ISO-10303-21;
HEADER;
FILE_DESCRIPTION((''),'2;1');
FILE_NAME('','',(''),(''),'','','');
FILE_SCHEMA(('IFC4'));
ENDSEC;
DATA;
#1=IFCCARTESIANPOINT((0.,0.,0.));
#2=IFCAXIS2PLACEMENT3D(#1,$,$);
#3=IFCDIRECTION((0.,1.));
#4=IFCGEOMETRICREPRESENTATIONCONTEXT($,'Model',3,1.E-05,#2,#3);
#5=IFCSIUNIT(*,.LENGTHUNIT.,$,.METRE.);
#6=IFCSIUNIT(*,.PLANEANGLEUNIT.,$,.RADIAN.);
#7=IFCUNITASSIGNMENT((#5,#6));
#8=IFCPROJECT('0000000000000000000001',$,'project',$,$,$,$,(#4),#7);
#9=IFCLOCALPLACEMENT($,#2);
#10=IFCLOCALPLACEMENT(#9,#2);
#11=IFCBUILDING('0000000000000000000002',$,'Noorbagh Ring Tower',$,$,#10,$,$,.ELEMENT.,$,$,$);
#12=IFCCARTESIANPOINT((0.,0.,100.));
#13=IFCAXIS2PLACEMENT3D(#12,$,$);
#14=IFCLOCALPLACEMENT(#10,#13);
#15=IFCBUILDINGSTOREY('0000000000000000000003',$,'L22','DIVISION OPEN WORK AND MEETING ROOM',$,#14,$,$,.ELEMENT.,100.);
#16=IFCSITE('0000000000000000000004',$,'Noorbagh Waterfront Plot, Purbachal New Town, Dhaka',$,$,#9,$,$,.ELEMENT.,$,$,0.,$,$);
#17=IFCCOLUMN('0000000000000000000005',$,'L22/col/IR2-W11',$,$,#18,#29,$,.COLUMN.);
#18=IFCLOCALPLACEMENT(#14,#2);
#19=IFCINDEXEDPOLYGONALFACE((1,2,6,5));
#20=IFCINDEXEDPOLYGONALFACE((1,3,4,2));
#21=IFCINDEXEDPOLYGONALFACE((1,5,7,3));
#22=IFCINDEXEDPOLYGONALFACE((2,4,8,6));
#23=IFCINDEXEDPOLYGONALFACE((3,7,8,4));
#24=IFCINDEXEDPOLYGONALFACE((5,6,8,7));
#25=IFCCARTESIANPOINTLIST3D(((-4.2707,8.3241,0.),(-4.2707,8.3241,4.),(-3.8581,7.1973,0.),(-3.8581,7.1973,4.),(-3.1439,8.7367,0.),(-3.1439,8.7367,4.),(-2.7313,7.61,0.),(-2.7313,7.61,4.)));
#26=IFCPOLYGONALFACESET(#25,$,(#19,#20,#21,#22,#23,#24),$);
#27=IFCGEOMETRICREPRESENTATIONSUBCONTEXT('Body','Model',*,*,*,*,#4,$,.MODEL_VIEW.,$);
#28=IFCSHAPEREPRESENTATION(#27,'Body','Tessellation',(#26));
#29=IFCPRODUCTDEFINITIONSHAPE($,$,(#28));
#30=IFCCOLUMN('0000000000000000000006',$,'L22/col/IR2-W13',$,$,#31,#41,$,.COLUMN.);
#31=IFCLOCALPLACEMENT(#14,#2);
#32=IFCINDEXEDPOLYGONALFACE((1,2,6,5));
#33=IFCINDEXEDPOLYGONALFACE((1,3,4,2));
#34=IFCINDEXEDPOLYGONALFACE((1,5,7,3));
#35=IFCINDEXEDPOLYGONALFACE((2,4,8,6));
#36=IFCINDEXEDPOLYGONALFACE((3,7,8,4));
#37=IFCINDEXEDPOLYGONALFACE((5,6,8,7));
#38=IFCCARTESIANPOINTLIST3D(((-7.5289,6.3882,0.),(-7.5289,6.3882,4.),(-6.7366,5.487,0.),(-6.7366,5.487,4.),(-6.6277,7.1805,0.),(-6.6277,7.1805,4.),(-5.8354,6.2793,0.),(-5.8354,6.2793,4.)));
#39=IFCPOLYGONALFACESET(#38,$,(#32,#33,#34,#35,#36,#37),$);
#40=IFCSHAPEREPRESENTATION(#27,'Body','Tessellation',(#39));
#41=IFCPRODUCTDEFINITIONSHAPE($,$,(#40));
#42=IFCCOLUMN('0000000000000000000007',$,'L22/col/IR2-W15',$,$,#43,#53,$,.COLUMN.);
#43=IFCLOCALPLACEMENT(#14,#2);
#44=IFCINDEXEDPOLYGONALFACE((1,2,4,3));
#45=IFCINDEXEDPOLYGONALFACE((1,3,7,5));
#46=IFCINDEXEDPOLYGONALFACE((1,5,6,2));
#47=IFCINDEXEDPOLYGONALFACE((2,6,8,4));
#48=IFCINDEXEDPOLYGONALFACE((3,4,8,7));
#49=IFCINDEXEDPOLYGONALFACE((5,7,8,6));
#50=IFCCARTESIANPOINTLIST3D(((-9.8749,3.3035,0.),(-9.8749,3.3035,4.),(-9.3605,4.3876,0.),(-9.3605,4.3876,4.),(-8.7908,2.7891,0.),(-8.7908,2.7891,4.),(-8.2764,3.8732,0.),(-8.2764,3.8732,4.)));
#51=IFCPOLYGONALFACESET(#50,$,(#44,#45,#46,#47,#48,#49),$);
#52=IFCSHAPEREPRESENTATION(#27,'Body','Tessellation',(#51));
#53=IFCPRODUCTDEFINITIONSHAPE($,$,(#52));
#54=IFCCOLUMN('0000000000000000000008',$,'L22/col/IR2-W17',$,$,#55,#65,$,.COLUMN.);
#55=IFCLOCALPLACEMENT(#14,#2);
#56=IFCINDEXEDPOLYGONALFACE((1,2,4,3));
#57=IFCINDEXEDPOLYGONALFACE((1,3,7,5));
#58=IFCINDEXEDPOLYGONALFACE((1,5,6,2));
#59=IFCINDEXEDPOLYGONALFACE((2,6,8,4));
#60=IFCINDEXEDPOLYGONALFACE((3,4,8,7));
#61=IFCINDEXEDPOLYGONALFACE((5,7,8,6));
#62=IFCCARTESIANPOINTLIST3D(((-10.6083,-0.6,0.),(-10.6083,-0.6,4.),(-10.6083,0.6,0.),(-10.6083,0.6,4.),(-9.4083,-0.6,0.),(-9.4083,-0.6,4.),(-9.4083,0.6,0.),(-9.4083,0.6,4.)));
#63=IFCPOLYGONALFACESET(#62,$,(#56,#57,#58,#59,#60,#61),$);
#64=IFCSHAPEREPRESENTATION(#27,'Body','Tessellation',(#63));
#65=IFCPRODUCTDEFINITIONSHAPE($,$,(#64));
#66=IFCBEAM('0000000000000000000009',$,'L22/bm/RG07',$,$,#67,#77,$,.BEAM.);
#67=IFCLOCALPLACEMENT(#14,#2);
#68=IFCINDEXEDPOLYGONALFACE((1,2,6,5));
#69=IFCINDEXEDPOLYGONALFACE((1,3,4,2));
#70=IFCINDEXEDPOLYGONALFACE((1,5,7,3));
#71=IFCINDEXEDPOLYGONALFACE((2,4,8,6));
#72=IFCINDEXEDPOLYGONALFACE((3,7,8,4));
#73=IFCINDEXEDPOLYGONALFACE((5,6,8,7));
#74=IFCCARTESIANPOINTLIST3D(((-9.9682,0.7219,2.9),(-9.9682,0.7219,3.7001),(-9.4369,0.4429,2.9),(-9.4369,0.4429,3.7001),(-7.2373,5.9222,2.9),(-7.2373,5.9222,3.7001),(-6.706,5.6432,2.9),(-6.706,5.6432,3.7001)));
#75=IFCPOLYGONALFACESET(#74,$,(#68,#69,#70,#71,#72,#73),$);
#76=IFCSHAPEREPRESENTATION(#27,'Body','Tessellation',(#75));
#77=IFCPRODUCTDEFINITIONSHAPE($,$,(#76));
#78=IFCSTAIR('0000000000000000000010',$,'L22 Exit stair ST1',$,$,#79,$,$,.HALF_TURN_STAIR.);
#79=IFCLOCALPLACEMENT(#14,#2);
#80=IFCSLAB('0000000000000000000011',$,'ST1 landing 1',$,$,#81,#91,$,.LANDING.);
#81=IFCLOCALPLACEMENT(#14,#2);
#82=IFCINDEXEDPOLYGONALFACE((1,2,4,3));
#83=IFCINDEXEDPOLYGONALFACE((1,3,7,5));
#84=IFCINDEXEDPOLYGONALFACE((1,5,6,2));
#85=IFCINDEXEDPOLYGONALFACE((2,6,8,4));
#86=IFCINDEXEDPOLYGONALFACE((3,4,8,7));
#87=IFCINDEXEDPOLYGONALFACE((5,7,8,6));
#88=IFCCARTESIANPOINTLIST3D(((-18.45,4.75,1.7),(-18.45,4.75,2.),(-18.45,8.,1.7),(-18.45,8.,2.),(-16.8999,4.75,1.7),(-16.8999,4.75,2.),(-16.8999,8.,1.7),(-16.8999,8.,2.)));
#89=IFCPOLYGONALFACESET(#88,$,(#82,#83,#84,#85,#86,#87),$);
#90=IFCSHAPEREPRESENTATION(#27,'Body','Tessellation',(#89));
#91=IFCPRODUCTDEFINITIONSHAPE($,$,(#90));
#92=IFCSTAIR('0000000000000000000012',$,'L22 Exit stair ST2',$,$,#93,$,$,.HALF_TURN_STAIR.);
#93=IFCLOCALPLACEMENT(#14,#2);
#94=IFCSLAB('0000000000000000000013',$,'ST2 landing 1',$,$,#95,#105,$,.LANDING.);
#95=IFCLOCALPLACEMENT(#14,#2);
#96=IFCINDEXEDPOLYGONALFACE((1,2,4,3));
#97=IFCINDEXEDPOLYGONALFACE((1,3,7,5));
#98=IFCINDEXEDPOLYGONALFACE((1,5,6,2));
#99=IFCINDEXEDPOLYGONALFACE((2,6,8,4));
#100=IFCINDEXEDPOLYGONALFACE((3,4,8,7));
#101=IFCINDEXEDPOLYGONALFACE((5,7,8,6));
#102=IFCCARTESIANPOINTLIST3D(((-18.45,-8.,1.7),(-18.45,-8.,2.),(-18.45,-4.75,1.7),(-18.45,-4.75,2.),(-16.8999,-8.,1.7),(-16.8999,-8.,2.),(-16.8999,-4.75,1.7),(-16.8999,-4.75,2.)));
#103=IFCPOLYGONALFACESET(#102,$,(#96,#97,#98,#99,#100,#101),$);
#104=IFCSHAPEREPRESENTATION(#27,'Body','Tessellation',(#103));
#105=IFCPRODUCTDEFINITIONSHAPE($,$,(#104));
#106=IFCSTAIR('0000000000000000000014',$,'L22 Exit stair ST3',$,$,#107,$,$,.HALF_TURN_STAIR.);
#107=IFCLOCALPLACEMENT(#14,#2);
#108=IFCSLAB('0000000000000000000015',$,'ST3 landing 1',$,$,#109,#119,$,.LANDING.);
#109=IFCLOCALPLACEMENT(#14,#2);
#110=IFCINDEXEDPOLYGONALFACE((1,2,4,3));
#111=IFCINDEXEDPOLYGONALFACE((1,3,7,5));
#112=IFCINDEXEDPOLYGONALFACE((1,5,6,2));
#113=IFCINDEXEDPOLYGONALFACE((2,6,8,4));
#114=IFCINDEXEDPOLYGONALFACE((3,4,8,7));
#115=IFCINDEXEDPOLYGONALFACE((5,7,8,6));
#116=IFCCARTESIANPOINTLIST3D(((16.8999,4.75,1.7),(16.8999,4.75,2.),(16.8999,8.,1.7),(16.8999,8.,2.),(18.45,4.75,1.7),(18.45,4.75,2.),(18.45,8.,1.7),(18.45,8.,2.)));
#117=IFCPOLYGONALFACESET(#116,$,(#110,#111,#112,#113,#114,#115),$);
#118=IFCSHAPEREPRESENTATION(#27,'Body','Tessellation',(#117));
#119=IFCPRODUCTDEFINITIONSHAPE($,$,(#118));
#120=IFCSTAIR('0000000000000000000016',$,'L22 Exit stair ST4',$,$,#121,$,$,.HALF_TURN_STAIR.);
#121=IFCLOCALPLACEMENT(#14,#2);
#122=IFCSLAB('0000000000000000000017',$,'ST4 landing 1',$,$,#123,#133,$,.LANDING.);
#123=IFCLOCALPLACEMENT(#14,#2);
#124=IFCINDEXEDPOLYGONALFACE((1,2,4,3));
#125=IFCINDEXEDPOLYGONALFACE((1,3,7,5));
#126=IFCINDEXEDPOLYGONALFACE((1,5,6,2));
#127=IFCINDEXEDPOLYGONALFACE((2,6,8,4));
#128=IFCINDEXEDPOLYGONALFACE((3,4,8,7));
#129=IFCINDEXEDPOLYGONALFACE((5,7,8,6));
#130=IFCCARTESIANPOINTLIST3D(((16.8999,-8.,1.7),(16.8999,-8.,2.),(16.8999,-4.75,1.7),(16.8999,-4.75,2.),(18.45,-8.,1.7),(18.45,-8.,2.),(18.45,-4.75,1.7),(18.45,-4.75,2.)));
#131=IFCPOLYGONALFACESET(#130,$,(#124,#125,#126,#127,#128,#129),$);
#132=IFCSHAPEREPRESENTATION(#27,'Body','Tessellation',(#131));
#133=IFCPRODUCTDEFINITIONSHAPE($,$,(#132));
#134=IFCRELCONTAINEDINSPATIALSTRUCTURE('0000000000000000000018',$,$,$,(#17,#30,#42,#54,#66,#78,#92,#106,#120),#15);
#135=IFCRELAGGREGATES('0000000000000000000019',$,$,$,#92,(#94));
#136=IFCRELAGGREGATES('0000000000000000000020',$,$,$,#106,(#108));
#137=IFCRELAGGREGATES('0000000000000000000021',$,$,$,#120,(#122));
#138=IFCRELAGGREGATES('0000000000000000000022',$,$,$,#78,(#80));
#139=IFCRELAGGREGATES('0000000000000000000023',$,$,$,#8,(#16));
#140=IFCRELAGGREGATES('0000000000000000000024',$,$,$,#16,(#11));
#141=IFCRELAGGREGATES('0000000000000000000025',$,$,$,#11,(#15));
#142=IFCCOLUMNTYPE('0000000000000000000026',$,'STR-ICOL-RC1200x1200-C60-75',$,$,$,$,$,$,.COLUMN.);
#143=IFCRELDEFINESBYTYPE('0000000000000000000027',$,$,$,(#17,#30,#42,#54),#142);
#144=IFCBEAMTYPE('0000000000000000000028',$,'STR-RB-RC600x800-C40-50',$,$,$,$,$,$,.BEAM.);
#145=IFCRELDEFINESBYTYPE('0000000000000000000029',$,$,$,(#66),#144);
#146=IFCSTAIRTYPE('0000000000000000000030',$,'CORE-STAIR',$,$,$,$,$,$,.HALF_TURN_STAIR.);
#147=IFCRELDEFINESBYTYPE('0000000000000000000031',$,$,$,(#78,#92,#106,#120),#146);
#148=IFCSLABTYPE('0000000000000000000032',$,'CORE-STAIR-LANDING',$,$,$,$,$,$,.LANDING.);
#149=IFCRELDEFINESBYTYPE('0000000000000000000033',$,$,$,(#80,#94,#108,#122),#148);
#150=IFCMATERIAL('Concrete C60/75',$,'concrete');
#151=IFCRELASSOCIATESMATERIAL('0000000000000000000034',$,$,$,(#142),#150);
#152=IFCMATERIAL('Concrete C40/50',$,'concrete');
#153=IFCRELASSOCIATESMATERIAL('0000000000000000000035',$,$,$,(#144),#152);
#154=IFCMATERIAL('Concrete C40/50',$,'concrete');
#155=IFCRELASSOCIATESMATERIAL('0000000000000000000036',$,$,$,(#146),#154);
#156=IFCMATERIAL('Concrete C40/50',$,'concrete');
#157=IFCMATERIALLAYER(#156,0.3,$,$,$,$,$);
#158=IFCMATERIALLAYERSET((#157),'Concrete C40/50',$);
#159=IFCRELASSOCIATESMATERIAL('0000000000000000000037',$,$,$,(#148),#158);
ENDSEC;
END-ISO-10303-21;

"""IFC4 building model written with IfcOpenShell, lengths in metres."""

from ifc_helpers import new_model, si_unit, direction, frame, origin, origin_2d, place, context, subcontext, project, spatial, polyline, rectangle, outline, extrude, material, layer, layer_set, material_profile, profile_set, type_object, element, aggregate, save


model = new_model("IFC4")

# Units and contexts
model_context = context("Model", 3, precision=1e-05, world=origin(), true_north=direction((0.0, 1.0)))
body_context = subcontext(model_context, "Body", "Model", "MODEL_VIEW")
ifc_project = project(units=[si_unit("LENGTHUNIT", "METRE"), si_unit("PLANEANGLEUNIT", "RADIAN")], contexts=[model_context])

# Site, building, storey
site_placement = place(None, origin())
site = spatial("IfcSite", under=ifc_project, at=site_placement, Name="Noorbagh Waterfront Plot, Purbachal New Town, Dhaka", CompositionType="ELEMENT", RefElevation=0.0)
building_placement = place(site_placement, origin())
building = spatial("IfcBuilding", under=site, at=building_placement, Name="Noorbagh Ring Tower", CompositionType="ELEMENT")
storey_placement = place(building_placement, frame((0.0, 0.0, 100.0)))
storey = spatial("IfcBuildingStorey", under=building, at=storey_placement, Name="L22", Description="DIVISION OPEN WORK AND MEETING ROOM", CompositionType="ELEMENT", Elevation=100.0)

# Columns
ifc_material_1 = material(Name="Concrete C60/75", Category="concrete")
ifc_material_profile_1 = material_profile(ifc_material_1, rectangle(XDim=1.2, YDim=1.2, at=origin_2d()), Name="RC1200x1200")
ifc_profile_set_1 = profile_set([ifc_material_profile_1], Name="Concrete C60/75")
column_type = type_object("IfcColumnType", Name="STR-ICOL-RC1200x1200-C60-75", PredefinedType="COLUMN", material=ifc_profile_set_1)
for number, where, z_axis, x_axis, name in (
    (1, (-3.501, 7.967, 0.0), (0.0, 0.0, 1.0), (-0.93902, -0.343864, 0.0), "L22/col/IR2-W11"),
    (2, (-6.6821, 6.3337, 0.0), (0.0, 0.0, 1.0), (-0.751022, -0.660277, 0.0), "L22/col/IR2-W13"),
    (3, (-9.0757, 3.5884, 0.0), (0.0, 0.0, 1.0), (-0.428667, -0.903463, 0.0), "L22/col/IR2-W15"),
    (4, (-10.0083, 0.0, 0.0), (0.0, 0.0, 1.0), (0.0, -1.0, 0.0), "L22/col/IR2-W17"),
):
    element("IfcColumn", number, at=place(storey_placement, frame(where, z_axis=z_axis, x_axis=x_axis)), inside=storey, type_object=column_type, Name=name, PredefinedType="COLUMN", context=body_context, shape_type="SweptSolid", body=[
        extrude(rectangle(XDim=1.2, YDim=1.2, at=origin_2d()), origin(), (0.0, 0.0, 1.0), 4.0),
    ])

# Beam
ifc_material_2 = material(Name="Concrete C40/50", Category="concrete")
ifc_material_profile_2 = material_profile(ifc_material_2, rectangle(XDim=0.6001, YDim=0.8, at=origin_2d()), Name="RC600x800")
ifc_profile_set_2 = profile_set([ifc_material_profile_2], Name="Concrete C40/50")
beam_type = type_object("IfcBeamType", Name="STR-RB-RC600x800-C40-50", PredefinedType="BEAM", material=ifc_profile_set_2)
beam_placement = place(storey_placement, frame((-6.9717, 5.7827, 3.3), z_axis=(-0.464931, -0.885347, 0.0), x_axis=(0.885347, -0.464931, 0.0)))
element("IfcBeam", 5, at=beam_placement, inside=storey, type_object=beam_type, Name="L22/bm/RG07", PredefinedType="BEAM", context=body_context, shape_type="SweptSolid", body=[
    extrude(rectangle(XDim=0.6001, YDim=0.8, at=origin_2d()), origin(), (0.0, 0.0, 1.0), 5.8738),
])

# Stairs, slabs
ifc_material_3 = material(Name="Concrete C40/50", Category="concrete")
stair_type = type_object("IfcStairType", Name="CORE-STAIR", PredefinedType="HALF_TURN_STAIR", material=ifc_material_3)
stair_1_placement = place(storey_placement, origin())
stair_1 = element("IfcStair", 6, at=stair_1_placement, inside=storey, type_object=stair_type, Name="L22 Exit stair ST1", PredefinedType="HALF_TURN_STAIR")
ifc_material_4 = material(Name="Concrete C40/50", Category="concrete")
ifc_layer_1 = layer(ifc_material_4, 0.3)
ifc_layer_set_1 = layer_set([ifc_layer_1], Name="Concrete C40/50")
slab_type_1 = type_object("IfcSlabType", Name="CORE-STAIR-LANDING", PredefinedType="LANDING", material=ifc_layer_set_1)
slab_1_placement = place(storey_placement, frame((0.0, 0.0, 1.7)))
slab_1 = element("IfcSlab", 7, at=slab_1_placement, type_object=slab_type_1, Name="ST1 landing 1", PredefinedType="LANDING", context=body_context, shape_type="SweptSolid", body=[
    extrude(outline(polyline([(-18.45, 4.75), (-16.8999, 4.75), (-16.8999, 8.0), (-18.45, 8.0), (-18.45, 4.75)])), origin(), (0.0, 0.0, 1.0), 0.3),
])
stair_2_placement = place(storey_placement, origin())
stair_2 = element("IfcStair", 8, at=stair_2_placement, inside=storey, type_object=stair_type, Name="L22 Exit stair ST2", PredefinedType="HALF_TURN_STAIR")
slab_2_placement = place(storey_placement, frame((0.0, 0.0, 1.7)))
slab_2 = element("IfcSlab", 9, at=slab_2_placement, type_object=slab_type_1, Name="ST2 landing 1", PredefinedType="LANDING", context=body_context, shape_type="SweptSolid", body=[
    extrude(outline(polyline([(-18.45, -8.0), (-16.8999, -8.0), (-16.8999, -4.75), (-18.45, -4.75), (-18.45, -8.0)])), origin(), (0.0, 0.0, 1.0), 0.3),
])
aggregate(stair_2, [slab_2])
stair_3_placement = place(storey_placement, origin())
stair_3 = element("IfcStair", 10, at=stair_3_placement, inside=storey, type_object=stair_type, Name="L22 Exit stair ST3", PredefinedType="HALF_TURN_STAIR")
slab_3_placement = place(storey_placement, frame((0.0, 0.0, 1.7)))
slab_3 = element("IfcSlab", 11, at=slab_3_placement, type_object=slab_type_1, Name="ST3 landing 1", PredefinedType="LANDING", context=body_context, shape_type="SweptSolid", body=[
    extrude(outline(polyline([(18.45, 8.0), (16.8999, 8.0), (16.8999, 4.75), (18.45, 4.75), (18.45, 8.0)])), origin(), (0.0, 0.0, 1.0), 0.3),
])
aggregate(stair_3, [slab_3])
stair_4_placement = place(storey_placement, origin())
stair_4 = element("IfcStair", 12, at=stair_4_placement, inside=storey, type_object=stair_type, Name="L22 Exit stair ST4", PredefinedType="HALF_TURN_STAIR")
slab_4_placement = place(storey_placement, frame((0.0, 0.0, 1.7)))
slab_4 = element("IfcSlab", 13, at=slab_4_placement, type_object=slab_type_1, Name="ST4 landing 1", PredefinedType="LANDING", context=body_context, shape_type="SweptSolid", body=[
    extrude(outline(polyline([(18.45, -4.75), (16.8999, -4.75), (16.8999, -8.0), (18.45, -8.0), (18.45, -4.75)])), origin(), (0.0, 0.0, 1.0), 0.3),
])
aggregate(stair_4, [slab_4])

aggregate(stair_1, [slab_1])

save(model, "model.ifc")
